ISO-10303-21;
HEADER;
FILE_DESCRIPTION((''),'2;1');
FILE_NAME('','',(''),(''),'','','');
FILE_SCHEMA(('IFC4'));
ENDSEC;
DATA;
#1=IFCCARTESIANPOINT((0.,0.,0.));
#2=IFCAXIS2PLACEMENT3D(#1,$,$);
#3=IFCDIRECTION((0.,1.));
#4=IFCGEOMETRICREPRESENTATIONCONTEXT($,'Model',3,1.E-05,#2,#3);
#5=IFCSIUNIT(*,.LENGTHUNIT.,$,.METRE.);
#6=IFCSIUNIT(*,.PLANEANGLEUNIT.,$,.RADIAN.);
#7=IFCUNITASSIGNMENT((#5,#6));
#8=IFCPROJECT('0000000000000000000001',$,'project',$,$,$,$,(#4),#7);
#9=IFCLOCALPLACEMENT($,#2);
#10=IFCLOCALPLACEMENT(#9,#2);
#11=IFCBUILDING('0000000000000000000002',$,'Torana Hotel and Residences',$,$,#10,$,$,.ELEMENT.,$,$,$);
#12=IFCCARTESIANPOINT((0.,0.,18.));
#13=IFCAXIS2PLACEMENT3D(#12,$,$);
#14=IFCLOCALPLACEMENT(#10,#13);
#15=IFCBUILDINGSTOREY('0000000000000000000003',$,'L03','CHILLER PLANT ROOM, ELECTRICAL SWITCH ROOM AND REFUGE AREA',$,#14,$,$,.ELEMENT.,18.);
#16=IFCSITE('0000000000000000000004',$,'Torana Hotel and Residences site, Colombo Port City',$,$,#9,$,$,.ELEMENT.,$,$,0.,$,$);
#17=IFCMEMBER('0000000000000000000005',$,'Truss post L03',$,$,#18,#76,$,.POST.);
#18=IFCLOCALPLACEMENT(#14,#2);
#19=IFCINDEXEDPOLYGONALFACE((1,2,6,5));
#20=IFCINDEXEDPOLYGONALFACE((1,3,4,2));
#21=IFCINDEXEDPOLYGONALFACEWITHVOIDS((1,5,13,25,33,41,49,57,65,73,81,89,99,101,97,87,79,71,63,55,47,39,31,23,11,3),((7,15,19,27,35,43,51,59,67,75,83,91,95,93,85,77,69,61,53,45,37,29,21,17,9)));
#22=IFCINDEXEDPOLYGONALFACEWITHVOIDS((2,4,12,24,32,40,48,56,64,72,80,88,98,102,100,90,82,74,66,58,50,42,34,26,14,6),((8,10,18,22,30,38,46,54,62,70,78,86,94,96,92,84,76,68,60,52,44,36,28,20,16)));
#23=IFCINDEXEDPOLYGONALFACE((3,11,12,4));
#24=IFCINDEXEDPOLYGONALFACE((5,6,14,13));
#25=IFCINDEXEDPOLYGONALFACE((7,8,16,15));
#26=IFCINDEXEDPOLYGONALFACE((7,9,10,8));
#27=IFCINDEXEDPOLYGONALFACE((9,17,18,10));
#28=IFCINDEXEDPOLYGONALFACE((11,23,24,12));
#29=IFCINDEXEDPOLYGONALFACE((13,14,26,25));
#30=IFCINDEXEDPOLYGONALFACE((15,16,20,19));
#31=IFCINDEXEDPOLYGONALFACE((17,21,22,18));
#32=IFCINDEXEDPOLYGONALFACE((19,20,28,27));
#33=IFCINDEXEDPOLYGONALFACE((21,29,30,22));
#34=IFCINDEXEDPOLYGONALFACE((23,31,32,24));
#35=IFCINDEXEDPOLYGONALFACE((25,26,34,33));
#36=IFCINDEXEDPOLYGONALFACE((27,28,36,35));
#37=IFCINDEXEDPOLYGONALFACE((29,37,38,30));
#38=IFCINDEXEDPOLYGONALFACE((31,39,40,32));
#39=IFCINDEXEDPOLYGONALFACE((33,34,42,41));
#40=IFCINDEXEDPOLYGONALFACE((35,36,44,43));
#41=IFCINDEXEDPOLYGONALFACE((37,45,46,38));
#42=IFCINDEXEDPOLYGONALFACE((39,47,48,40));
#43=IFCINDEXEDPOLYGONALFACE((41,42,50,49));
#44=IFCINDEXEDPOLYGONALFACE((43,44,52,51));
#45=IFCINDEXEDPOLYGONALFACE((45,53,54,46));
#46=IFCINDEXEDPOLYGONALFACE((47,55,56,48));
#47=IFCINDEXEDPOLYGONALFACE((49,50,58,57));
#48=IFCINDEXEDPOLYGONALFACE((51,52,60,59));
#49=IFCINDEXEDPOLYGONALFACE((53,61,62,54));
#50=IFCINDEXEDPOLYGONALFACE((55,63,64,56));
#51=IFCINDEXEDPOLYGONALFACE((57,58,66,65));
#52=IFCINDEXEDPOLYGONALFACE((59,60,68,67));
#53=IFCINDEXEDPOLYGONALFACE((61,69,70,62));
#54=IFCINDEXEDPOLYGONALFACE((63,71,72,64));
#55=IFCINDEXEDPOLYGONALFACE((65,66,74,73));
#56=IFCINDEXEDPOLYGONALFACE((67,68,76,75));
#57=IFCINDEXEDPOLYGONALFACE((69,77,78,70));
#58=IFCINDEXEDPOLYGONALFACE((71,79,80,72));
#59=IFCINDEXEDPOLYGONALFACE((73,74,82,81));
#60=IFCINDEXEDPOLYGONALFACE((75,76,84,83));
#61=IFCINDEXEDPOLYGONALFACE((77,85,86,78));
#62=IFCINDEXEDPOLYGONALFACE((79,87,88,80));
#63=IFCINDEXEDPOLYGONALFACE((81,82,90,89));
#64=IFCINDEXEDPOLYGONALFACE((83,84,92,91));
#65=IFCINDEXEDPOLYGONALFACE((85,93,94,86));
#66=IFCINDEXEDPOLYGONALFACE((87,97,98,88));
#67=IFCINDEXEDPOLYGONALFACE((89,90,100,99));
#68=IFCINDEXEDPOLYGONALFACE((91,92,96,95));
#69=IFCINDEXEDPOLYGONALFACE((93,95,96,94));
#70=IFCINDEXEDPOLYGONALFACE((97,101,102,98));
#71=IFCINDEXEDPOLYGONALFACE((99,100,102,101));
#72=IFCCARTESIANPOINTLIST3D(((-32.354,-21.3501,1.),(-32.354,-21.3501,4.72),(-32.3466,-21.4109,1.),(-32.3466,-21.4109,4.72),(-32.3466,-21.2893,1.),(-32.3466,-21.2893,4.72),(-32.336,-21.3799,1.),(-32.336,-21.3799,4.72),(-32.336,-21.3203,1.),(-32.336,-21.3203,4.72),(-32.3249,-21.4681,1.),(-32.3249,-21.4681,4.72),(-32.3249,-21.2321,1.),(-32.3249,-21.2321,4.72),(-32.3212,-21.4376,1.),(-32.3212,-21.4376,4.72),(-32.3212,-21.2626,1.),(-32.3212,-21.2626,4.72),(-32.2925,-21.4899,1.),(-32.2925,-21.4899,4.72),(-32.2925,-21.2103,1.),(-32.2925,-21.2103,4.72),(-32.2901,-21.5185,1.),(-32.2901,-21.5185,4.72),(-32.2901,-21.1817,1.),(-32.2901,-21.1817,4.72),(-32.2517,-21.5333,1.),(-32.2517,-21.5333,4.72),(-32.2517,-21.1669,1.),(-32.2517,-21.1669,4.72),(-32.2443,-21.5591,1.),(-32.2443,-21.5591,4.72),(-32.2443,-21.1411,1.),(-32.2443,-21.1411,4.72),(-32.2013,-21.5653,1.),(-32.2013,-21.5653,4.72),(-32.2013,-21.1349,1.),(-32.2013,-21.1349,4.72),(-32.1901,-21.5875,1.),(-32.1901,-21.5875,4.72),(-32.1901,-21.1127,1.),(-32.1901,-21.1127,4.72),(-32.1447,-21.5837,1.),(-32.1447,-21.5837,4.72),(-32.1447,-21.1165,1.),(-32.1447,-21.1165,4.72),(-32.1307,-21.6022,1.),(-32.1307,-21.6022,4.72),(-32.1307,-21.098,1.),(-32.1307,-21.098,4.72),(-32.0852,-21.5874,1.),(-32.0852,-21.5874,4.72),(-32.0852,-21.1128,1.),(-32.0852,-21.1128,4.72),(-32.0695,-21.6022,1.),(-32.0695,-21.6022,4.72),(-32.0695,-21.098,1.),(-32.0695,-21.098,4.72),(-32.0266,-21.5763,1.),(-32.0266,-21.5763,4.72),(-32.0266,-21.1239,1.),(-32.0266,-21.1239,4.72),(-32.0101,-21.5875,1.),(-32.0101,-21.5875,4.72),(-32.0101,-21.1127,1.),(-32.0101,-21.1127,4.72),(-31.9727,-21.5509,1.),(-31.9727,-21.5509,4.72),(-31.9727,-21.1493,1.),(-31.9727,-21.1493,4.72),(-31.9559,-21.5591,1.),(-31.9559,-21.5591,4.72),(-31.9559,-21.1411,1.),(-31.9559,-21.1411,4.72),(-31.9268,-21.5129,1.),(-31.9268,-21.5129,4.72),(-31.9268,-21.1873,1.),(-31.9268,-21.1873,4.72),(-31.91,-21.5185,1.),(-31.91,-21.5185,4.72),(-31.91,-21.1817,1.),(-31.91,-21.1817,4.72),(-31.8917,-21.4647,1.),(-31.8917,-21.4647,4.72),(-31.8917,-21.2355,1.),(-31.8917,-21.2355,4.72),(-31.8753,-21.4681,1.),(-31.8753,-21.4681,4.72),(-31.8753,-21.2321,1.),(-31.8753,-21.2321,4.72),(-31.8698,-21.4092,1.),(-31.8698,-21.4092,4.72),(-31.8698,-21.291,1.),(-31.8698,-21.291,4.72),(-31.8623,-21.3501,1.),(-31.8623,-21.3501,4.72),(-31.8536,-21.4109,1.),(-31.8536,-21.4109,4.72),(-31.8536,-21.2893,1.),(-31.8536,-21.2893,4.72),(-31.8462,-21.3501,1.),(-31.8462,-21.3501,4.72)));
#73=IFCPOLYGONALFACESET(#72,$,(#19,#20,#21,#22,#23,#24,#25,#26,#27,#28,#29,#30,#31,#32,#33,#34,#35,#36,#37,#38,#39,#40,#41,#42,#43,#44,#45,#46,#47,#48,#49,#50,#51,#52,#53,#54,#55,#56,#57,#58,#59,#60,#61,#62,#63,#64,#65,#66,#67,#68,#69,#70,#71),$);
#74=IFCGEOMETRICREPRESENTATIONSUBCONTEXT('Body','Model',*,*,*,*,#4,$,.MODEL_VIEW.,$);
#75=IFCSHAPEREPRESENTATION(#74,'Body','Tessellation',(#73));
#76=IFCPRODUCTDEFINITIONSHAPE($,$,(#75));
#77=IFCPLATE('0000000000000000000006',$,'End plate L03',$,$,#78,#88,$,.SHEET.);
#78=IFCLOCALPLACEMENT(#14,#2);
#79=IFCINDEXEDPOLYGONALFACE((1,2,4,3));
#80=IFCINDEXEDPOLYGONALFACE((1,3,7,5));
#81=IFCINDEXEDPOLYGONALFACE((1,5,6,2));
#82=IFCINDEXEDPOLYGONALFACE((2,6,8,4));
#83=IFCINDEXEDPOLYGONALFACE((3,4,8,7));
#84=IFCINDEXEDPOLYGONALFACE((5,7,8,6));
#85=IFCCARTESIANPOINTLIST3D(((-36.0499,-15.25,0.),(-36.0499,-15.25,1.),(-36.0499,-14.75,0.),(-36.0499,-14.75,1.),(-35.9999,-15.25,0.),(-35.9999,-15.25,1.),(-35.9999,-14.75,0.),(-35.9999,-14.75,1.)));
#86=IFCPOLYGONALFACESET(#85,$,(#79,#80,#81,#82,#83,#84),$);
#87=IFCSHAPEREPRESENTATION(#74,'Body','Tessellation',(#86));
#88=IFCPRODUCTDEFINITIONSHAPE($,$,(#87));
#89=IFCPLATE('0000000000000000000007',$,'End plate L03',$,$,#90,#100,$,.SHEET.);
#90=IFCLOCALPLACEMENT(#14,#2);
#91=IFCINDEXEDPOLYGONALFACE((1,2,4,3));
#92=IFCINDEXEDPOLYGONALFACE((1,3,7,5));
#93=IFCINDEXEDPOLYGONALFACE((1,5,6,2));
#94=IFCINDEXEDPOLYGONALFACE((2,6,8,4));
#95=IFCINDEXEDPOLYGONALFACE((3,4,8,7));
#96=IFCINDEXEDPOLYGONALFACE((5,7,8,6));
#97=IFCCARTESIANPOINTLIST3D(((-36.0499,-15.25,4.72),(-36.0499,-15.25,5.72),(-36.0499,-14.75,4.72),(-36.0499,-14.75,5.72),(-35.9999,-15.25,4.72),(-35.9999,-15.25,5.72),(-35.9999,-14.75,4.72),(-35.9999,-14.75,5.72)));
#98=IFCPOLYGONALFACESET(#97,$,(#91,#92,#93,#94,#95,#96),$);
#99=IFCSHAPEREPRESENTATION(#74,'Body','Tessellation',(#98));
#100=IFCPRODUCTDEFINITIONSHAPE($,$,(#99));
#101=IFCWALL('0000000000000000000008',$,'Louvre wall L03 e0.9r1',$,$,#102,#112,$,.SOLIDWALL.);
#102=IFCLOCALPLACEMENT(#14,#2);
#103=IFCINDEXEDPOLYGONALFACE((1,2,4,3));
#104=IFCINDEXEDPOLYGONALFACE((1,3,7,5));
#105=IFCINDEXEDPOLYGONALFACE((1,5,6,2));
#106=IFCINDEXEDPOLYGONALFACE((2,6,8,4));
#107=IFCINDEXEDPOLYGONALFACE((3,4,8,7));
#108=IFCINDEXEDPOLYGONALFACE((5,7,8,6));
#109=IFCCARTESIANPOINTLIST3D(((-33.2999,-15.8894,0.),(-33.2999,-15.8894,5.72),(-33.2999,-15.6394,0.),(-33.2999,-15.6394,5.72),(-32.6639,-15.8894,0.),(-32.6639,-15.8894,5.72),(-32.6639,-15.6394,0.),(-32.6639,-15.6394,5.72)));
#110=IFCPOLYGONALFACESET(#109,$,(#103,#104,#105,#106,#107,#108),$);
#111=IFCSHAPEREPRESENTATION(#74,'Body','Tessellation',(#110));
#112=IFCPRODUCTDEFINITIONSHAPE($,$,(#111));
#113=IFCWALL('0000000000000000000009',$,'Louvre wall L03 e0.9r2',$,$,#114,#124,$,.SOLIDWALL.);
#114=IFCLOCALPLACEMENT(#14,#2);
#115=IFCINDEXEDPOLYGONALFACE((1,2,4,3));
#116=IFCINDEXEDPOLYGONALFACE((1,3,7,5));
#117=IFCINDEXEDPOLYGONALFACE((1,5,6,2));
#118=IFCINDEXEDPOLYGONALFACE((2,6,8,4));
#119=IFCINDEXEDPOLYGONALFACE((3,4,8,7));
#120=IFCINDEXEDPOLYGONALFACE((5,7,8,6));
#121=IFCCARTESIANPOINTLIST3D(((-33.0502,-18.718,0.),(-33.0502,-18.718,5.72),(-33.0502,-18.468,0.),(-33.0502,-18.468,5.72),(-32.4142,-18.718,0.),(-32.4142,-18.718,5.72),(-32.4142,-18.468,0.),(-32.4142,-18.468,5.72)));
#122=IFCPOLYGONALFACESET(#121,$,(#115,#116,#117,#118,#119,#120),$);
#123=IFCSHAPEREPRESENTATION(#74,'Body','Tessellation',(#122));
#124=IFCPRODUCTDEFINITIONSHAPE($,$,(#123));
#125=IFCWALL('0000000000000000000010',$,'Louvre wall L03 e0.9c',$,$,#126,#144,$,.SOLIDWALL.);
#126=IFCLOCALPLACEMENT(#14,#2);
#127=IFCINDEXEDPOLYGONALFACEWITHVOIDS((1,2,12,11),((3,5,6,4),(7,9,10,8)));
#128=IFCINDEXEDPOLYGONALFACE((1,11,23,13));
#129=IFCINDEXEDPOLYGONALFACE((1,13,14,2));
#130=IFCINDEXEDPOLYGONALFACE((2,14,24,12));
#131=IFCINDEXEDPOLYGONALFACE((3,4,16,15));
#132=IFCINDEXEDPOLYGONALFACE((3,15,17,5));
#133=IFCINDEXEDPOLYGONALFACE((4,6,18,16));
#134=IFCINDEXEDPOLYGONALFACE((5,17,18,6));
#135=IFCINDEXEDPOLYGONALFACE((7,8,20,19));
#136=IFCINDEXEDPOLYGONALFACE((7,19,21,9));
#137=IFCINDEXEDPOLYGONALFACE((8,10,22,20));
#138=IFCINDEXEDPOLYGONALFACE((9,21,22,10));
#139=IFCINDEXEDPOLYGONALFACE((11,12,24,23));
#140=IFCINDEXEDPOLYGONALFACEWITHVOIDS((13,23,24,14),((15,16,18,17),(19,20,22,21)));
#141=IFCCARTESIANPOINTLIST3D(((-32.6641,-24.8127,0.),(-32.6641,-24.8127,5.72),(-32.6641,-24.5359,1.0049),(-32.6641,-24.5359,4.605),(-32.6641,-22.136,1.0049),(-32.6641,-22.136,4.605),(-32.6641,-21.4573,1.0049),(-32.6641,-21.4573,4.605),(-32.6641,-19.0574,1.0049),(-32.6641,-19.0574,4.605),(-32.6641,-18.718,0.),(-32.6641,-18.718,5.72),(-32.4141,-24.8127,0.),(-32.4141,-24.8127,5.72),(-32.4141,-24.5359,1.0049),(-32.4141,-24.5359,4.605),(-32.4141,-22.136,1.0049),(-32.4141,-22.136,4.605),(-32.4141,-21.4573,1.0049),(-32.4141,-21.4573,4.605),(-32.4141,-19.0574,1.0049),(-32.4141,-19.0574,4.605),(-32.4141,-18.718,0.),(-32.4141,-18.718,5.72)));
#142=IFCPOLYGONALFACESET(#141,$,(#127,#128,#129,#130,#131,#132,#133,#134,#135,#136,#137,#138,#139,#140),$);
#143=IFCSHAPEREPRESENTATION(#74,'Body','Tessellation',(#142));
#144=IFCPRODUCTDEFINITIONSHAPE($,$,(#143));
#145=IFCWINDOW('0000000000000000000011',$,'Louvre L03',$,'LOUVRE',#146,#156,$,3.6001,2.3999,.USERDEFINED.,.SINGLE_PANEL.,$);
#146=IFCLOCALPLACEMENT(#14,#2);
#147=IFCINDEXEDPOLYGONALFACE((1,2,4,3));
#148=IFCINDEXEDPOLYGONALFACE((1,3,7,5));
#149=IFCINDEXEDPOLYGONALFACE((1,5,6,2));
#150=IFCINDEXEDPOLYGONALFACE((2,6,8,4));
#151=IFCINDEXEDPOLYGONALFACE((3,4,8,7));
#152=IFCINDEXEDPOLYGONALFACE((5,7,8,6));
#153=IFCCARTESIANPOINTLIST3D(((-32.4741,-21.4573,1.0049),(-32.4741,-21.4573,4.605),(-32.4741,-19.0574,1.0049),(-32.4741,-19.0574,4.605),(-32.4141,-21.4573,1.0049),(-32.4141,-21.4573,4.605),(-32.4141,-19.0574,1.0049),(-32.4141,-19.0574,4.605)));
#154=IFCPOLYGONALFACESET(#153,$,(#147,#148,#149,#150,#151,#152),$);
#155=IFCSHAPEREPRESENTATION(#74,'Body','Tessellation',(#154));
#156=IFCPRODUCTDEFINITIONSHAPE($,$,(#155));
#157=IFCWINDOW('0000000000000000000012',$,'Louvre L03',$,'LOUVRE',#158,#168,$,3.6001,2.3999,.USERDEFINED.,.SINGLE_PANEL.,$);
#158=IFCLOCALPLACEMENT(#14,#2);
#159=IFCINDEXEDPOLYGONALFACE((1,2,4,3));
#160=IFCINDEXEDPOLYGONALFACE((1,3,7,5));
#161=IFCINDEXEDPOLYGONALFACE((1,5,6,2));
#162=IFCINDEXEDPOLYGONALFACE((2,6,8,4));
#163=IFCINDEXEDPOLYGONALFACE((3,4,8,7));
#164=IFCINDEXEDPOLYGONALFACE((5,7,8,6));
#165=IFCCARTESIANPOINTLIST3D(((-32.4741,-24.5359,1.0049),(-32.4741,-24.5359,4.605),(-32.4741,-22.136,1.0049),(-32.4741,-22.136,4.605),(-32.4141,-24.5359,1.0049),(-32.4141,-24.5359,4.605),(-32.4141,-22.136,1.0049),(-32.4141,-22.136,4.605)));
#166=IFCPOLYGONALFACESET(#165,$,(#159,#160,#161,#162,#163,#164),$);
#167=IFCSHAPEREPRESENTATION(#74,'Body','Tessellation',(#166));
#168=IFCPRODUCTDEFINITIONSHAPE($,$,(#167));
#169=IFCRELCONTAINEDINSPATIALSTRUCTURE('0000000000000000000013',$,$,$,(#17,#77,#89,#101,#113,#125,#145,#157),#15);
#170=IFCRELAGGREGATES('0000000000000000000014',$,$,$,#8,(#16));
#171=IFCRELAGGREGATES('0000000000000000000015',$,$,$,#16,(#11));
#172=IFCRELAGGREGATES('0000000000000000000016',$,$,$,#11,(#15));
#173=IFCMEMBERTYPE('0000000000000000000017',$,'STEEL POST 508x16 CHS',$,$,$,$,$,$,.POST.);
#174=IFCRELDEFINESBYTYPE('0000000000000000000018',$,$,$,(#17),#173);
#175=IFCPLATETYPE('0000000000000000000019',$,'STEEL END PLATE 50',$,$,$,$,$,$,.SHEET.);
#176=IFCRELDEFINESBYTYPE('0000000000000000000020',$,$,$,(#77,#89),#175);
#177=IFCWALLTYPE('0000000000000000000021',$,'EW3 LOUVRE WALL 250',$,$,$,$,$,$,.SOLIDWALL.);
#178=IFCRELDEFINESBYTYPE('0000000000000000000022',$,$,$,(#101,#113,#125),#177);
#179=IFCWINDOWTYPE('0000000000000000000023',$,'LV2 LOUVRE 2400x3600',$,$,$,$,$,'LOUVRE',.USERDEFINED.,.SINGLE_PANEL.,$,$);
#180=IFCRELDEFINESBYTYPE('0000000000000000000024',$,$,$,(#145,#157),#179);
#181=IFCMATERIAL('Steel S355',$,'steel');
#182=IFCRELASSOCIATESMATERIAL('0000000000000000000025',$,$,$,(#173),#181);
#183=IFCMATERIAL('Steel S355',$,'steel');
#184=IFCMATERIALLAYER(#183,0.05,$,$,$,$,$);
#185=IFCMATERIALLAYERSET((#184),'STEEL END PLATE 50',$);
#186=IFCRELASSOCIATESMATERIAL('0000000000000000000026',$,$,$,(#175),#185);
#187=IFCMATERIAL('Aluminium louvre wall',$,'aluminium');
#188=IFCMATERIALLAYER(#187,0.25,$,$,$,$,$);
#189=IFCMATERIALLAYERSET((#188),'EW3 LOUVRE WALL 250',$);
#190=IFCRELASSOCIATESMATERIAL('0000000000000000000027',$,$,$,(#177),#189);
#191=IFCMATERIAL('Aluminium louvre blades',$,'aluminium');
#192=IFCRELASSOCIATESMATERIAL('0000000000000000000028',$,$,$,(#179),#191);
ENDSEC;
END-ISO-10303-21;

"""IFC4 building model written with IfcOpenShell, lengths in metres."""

from ifc_helpers import new_model, si_unit, direction, frame, frame_2d, origin, origin_2d, place, context, subcontext, project, spatial, rectangle, hollow_circle, extrude, material, layer, layer_set, material_profile, profile_set, type_object, element, fill, save


model = new_model("IFC4")

# Units and contexts
model_context = context("Model", 3, precision=1e-05, world=origin(), true_north=direction((0.0, 1.0)))
body_context = subcontext(model_context, "Body", "Model", "MODEL_VIEW")
ifc_project = project(units=[si_unit("LENGTHUNIT", "METRE"), si_unit("PLANEANGLEUNIT", "RADIAN")], contexts=[model_context])

# Site, building, storey
site_placement = place(None, origin())
site = spatial("IfcSite", under=ifc_project, at=site_placement, Name="Torana Hotel and Residences site, Colombo Port City", CompositionType="ELEMENT", RefElevation=0.0)
building_placement = place(site_placement, origin())
building = spatial("IfcBuilding", under=site, at=building_placement, Name="Torana Hotel and Residences", CompositionType="ELEMENT")
storey_placement = place(building_placement, frame((0.0, 0.0, 18.0)))
storey = spatial("IfcBuildingStorey", under=building, at=storey_placement, Name="L03", Description="CHILLER PLANT ROOM, ELECTRICAL SWITCH ROOM AND REFUGE AREA", CompositionType="ELEMENT", Elevation=18.0)

# Member
ifc_material_1 = material(Name="Steel S355", Category="steel")
ifc_material_profile_1 = material_profile(ifc_material_1, hollow_circle(Radius=0.2539, WallThickness=0.0161, at=origin_2d()), Name="508x16 CHS")
ifc_profile_set_1 = profile_set([ifc_material_profile_1], Name="Steel S355")
member_type_1 = type_object("IfcMemberType", Name="STEEL POST 508x16 CHS", PredefinedType="POST", material=ifc_profile_set_1)
for number, where, z_axis, x_axis, name in (
    (1, (-32.1001, -21.3501, 1.0), (0.0, 0.0, 1.0), (1.0, 0.0, 0.0), "Truss post L03"),
):
    element("IfcMember", number, at=place(storey_placement, frame(where, z_axis=z_axis, x_axis=x_axis)), inside=storey, type_object=member_type_1, Name=name, PredefinedType="POST", context=body_context, shape_type="SweptSolid", body=[
        extrude(hollow_circle(Radius=0.2539, WallThickness=0.0161, at=origin_2d()), origin(), (0.0, 0.0, 1.0), 3.72),
    ])

# Plates
ifc_material_2 = material(Name="Steel S355", Category="steel")
ifc_layer_1 = layer(ifc_material_2, 0.05)
ifc_layer_set_1 = layer_set([ifc_layer_1], Name="STEEL END PLATE 50")
plate_type = type_object("IfcPlateType", Name="STEEL END PLATE 50", PredefinedType="SHEET", material=ifc_layer_set_1)
for number, where, z_axis, x_axis, name in (
    (2, (-36.0249, -15.0, 0.0), (0.0, 0.0, 1.0), (-1.0, 0.0, 0.0), "End plate L03"),
    (3, (-36.0249, -15.0, 4.72), (0.0, 0.0, 1.0), (-1.0, 0.0, 0.0), "End plate L03"),
):
    element("IfcPlate", number, at=place(storey_placement, frame(where, z_axis=z_axis, x_axis=x_axis)), inside=storey, type_object=plate_type, Name=name, PredefinedType="SHEET", context=body_context, shape_type="SweptSolid", body=[
        extrude(rectangle(XDim=0.05, YDim=0.5, at=origin_2d()), origin(), (0.0, 0.0, 1.0), 1.0),
    ])

# Wall
ifc_material_3 = material(Name="Aluminium louvre wall", Category="aluminium")
ifc_layer_2 = layer(ifc_material_3, 0.25)
ifc_layer_set_2 = layer_set([ifc_layer_2], Name="EW3 LOUVRE WALL 250")
wall_type_1 = type_object("IfcWallType", Name="EW3 LOUVRE WALL 250", PredefinedType="SOLIDWALL", material=ifc_layer_set_2)
wall_1_placement = place(storey_placement, frame((-32.6641, -15.7644, 0.0), z_axis=(0.0, 0.0, 1.0), x_axis=(-1.0, 0.0, 0.0)))
element("IfcWall", 4, at=wall_1_placement, inside=storey, type_object=wall_type_1, Name="Louvre wall L03 e0.9r1", PredefinedType="SOLIDWALL", context=body_context, shape_type="SweptSolid", body=[
    extrude(rectangle(XDim=0.636, YDim=0.25, at=frame_2d((0.3179, 0.0))), origin(), (0.0, 0.0, 1.0), 5.72),
])

# Wall
wall_2_placement = place(storey_placement, frame((-33.05, -18.593, 0.0), z_axis=(0.0, 0.0, 1.0), x_axis=(1.0, 0.0, 0.0)))
element("IfcWall", 5, at=wall_2_placement, inside=storey, type_object=wall_type_1, Name="Louvre wall L03 e0.9r2", PredefinedType="SOLIDWALL", context=body_context, shape_type="SweptSolid", body=[
    extrude(rectangle(XDim=0.636, YDim=0.25, at=frame_2d((0.3179, 0.0))), origin(), (0.0, 0.0, 1.0), 5.72),
])

# Wall, openings, windows
wall_3_placement = place(storey_placement, frame((-32.5391, -18.718, 0.0), z_axis=(0.0, 0.0, 1.0), x_axis=(0.0, -1.0, 0.0)))
wall_3 = element("IfcWall", 6, at=wall_3_placement, inside=storey, type_object=wall_type_1, Name="Louvre wall L03 e0.9c", PredefinedType="SOLIDWALL", context=body_context, shape_type="SweptSolid", body=[
    extrude(rectangle(XDim=6.0947, YDim=0.25, at=frame_2d((3.0474, 0.0))), origin(), (0.0, 0.0, 1.0), 5.72),
])
opening_1_placement = place(wall_3_placement, frame((0.3394, 0.0, 1.0049)))
opening_1 = element("IfcOpeningElement", 7, at=opening_1_placement, cuts=wall_3, PredefinedType="OPENING", context=body_context, shape_type="SweptSolid", body=[
    extrude(rectangle(XDim=2.3999, YDim=3.6001, at=frame_2d((1.2, 1.8))), frame((0.0, 0.135, 0.0), z_axis=(0.0, -1.0, 0.0), x_axis=(1.0, 0.0, 0.0)), (0.0, 0.0, 1.0), 0.27),
])
opening_2_placement = place(wall_3_placement, frame((3.418, 0.0, 1.0049)))
opening_2 = element("IfcOpeningElement", 8, at=opening_2_placement, cuts=wall_3, PredefinedType="OPENING", context=body_context, shape_type="SweptSolid", body=[
    extrude(rectangle(XDim=2.3999, YDim=3.6001, at=frame_2d((1.2, 1.8))), frame((0.0, 0.135, 0.0), z_axis=(0.0, -1.0, 0.0), x_axis=(1.0, 0.0, 0.0)), (0.0, 0.0, 1.0), 0.27),
])
ifc_material_4 = material(Name="Aluminium louvre blades", Category="aluminium")
window_type = type_object("IfcWindowType", Name="LV2 LOUVRE 2400x3600", ElementType="LOUVRE", PartitioningType="SINGLE_PANEL", PredefinedType="USERDEFINED", material=ifc_material_4)
window_1_placement = place(opening_1_placement, origin())
window_1 = element("IfcWindow", 9, at=window_1_placement, inside=storey, type_object=window_type, Name="Louvre L03", ObjectType="LOUVRE", OverallHeight=3.6001, OverallWidth=2.3999, PartitioningType="SINGLE_PANEL", PredefinedType="USERDEFINED", context=body_context, shape_type="SweptSolid", body=[
    extrude(rectangle(XDim=2.3999, YDim=3.6001, at=frame_2d((1.2, 1.8))), frame((0.0, 0.125, 0.0), z_axis=(0.0, -1.0, 0.0), x_axis=(1.0, 0.0, 0.0)), (0.0, 0.0, 1.0), 0.0601),
])
fill(opening_1, window_1)
window_2_placement = place(opening_2_placement, origin())
window_2 = element("IfcWindow", 10, at=window_2_placement, inside=storey, type_object=window_type, Name="Louvre L03", ObjectType="LOUVRE", OverallHeight=3.6001, OverallWidth=2.3999, PartitioningType="SINGLE_PANEL", PredefinedType="USERDEFINED", context=body_context, shape_type="SweptSolid", body=[
    extrude(rectangle(XDim=2.3999, YDim=3.6001, at=frame_2d((1.2, 1.8))), frame((0.0, 0.125, 0.0), z_axis=(0.0, -1.0, 0.0), x_axis=(1.0, 0.0, 0.0)), (0.0, 0.0, 1.0), 0.0601),
])
fill(opening_2, window_2)

save(model, "model.ifc")
